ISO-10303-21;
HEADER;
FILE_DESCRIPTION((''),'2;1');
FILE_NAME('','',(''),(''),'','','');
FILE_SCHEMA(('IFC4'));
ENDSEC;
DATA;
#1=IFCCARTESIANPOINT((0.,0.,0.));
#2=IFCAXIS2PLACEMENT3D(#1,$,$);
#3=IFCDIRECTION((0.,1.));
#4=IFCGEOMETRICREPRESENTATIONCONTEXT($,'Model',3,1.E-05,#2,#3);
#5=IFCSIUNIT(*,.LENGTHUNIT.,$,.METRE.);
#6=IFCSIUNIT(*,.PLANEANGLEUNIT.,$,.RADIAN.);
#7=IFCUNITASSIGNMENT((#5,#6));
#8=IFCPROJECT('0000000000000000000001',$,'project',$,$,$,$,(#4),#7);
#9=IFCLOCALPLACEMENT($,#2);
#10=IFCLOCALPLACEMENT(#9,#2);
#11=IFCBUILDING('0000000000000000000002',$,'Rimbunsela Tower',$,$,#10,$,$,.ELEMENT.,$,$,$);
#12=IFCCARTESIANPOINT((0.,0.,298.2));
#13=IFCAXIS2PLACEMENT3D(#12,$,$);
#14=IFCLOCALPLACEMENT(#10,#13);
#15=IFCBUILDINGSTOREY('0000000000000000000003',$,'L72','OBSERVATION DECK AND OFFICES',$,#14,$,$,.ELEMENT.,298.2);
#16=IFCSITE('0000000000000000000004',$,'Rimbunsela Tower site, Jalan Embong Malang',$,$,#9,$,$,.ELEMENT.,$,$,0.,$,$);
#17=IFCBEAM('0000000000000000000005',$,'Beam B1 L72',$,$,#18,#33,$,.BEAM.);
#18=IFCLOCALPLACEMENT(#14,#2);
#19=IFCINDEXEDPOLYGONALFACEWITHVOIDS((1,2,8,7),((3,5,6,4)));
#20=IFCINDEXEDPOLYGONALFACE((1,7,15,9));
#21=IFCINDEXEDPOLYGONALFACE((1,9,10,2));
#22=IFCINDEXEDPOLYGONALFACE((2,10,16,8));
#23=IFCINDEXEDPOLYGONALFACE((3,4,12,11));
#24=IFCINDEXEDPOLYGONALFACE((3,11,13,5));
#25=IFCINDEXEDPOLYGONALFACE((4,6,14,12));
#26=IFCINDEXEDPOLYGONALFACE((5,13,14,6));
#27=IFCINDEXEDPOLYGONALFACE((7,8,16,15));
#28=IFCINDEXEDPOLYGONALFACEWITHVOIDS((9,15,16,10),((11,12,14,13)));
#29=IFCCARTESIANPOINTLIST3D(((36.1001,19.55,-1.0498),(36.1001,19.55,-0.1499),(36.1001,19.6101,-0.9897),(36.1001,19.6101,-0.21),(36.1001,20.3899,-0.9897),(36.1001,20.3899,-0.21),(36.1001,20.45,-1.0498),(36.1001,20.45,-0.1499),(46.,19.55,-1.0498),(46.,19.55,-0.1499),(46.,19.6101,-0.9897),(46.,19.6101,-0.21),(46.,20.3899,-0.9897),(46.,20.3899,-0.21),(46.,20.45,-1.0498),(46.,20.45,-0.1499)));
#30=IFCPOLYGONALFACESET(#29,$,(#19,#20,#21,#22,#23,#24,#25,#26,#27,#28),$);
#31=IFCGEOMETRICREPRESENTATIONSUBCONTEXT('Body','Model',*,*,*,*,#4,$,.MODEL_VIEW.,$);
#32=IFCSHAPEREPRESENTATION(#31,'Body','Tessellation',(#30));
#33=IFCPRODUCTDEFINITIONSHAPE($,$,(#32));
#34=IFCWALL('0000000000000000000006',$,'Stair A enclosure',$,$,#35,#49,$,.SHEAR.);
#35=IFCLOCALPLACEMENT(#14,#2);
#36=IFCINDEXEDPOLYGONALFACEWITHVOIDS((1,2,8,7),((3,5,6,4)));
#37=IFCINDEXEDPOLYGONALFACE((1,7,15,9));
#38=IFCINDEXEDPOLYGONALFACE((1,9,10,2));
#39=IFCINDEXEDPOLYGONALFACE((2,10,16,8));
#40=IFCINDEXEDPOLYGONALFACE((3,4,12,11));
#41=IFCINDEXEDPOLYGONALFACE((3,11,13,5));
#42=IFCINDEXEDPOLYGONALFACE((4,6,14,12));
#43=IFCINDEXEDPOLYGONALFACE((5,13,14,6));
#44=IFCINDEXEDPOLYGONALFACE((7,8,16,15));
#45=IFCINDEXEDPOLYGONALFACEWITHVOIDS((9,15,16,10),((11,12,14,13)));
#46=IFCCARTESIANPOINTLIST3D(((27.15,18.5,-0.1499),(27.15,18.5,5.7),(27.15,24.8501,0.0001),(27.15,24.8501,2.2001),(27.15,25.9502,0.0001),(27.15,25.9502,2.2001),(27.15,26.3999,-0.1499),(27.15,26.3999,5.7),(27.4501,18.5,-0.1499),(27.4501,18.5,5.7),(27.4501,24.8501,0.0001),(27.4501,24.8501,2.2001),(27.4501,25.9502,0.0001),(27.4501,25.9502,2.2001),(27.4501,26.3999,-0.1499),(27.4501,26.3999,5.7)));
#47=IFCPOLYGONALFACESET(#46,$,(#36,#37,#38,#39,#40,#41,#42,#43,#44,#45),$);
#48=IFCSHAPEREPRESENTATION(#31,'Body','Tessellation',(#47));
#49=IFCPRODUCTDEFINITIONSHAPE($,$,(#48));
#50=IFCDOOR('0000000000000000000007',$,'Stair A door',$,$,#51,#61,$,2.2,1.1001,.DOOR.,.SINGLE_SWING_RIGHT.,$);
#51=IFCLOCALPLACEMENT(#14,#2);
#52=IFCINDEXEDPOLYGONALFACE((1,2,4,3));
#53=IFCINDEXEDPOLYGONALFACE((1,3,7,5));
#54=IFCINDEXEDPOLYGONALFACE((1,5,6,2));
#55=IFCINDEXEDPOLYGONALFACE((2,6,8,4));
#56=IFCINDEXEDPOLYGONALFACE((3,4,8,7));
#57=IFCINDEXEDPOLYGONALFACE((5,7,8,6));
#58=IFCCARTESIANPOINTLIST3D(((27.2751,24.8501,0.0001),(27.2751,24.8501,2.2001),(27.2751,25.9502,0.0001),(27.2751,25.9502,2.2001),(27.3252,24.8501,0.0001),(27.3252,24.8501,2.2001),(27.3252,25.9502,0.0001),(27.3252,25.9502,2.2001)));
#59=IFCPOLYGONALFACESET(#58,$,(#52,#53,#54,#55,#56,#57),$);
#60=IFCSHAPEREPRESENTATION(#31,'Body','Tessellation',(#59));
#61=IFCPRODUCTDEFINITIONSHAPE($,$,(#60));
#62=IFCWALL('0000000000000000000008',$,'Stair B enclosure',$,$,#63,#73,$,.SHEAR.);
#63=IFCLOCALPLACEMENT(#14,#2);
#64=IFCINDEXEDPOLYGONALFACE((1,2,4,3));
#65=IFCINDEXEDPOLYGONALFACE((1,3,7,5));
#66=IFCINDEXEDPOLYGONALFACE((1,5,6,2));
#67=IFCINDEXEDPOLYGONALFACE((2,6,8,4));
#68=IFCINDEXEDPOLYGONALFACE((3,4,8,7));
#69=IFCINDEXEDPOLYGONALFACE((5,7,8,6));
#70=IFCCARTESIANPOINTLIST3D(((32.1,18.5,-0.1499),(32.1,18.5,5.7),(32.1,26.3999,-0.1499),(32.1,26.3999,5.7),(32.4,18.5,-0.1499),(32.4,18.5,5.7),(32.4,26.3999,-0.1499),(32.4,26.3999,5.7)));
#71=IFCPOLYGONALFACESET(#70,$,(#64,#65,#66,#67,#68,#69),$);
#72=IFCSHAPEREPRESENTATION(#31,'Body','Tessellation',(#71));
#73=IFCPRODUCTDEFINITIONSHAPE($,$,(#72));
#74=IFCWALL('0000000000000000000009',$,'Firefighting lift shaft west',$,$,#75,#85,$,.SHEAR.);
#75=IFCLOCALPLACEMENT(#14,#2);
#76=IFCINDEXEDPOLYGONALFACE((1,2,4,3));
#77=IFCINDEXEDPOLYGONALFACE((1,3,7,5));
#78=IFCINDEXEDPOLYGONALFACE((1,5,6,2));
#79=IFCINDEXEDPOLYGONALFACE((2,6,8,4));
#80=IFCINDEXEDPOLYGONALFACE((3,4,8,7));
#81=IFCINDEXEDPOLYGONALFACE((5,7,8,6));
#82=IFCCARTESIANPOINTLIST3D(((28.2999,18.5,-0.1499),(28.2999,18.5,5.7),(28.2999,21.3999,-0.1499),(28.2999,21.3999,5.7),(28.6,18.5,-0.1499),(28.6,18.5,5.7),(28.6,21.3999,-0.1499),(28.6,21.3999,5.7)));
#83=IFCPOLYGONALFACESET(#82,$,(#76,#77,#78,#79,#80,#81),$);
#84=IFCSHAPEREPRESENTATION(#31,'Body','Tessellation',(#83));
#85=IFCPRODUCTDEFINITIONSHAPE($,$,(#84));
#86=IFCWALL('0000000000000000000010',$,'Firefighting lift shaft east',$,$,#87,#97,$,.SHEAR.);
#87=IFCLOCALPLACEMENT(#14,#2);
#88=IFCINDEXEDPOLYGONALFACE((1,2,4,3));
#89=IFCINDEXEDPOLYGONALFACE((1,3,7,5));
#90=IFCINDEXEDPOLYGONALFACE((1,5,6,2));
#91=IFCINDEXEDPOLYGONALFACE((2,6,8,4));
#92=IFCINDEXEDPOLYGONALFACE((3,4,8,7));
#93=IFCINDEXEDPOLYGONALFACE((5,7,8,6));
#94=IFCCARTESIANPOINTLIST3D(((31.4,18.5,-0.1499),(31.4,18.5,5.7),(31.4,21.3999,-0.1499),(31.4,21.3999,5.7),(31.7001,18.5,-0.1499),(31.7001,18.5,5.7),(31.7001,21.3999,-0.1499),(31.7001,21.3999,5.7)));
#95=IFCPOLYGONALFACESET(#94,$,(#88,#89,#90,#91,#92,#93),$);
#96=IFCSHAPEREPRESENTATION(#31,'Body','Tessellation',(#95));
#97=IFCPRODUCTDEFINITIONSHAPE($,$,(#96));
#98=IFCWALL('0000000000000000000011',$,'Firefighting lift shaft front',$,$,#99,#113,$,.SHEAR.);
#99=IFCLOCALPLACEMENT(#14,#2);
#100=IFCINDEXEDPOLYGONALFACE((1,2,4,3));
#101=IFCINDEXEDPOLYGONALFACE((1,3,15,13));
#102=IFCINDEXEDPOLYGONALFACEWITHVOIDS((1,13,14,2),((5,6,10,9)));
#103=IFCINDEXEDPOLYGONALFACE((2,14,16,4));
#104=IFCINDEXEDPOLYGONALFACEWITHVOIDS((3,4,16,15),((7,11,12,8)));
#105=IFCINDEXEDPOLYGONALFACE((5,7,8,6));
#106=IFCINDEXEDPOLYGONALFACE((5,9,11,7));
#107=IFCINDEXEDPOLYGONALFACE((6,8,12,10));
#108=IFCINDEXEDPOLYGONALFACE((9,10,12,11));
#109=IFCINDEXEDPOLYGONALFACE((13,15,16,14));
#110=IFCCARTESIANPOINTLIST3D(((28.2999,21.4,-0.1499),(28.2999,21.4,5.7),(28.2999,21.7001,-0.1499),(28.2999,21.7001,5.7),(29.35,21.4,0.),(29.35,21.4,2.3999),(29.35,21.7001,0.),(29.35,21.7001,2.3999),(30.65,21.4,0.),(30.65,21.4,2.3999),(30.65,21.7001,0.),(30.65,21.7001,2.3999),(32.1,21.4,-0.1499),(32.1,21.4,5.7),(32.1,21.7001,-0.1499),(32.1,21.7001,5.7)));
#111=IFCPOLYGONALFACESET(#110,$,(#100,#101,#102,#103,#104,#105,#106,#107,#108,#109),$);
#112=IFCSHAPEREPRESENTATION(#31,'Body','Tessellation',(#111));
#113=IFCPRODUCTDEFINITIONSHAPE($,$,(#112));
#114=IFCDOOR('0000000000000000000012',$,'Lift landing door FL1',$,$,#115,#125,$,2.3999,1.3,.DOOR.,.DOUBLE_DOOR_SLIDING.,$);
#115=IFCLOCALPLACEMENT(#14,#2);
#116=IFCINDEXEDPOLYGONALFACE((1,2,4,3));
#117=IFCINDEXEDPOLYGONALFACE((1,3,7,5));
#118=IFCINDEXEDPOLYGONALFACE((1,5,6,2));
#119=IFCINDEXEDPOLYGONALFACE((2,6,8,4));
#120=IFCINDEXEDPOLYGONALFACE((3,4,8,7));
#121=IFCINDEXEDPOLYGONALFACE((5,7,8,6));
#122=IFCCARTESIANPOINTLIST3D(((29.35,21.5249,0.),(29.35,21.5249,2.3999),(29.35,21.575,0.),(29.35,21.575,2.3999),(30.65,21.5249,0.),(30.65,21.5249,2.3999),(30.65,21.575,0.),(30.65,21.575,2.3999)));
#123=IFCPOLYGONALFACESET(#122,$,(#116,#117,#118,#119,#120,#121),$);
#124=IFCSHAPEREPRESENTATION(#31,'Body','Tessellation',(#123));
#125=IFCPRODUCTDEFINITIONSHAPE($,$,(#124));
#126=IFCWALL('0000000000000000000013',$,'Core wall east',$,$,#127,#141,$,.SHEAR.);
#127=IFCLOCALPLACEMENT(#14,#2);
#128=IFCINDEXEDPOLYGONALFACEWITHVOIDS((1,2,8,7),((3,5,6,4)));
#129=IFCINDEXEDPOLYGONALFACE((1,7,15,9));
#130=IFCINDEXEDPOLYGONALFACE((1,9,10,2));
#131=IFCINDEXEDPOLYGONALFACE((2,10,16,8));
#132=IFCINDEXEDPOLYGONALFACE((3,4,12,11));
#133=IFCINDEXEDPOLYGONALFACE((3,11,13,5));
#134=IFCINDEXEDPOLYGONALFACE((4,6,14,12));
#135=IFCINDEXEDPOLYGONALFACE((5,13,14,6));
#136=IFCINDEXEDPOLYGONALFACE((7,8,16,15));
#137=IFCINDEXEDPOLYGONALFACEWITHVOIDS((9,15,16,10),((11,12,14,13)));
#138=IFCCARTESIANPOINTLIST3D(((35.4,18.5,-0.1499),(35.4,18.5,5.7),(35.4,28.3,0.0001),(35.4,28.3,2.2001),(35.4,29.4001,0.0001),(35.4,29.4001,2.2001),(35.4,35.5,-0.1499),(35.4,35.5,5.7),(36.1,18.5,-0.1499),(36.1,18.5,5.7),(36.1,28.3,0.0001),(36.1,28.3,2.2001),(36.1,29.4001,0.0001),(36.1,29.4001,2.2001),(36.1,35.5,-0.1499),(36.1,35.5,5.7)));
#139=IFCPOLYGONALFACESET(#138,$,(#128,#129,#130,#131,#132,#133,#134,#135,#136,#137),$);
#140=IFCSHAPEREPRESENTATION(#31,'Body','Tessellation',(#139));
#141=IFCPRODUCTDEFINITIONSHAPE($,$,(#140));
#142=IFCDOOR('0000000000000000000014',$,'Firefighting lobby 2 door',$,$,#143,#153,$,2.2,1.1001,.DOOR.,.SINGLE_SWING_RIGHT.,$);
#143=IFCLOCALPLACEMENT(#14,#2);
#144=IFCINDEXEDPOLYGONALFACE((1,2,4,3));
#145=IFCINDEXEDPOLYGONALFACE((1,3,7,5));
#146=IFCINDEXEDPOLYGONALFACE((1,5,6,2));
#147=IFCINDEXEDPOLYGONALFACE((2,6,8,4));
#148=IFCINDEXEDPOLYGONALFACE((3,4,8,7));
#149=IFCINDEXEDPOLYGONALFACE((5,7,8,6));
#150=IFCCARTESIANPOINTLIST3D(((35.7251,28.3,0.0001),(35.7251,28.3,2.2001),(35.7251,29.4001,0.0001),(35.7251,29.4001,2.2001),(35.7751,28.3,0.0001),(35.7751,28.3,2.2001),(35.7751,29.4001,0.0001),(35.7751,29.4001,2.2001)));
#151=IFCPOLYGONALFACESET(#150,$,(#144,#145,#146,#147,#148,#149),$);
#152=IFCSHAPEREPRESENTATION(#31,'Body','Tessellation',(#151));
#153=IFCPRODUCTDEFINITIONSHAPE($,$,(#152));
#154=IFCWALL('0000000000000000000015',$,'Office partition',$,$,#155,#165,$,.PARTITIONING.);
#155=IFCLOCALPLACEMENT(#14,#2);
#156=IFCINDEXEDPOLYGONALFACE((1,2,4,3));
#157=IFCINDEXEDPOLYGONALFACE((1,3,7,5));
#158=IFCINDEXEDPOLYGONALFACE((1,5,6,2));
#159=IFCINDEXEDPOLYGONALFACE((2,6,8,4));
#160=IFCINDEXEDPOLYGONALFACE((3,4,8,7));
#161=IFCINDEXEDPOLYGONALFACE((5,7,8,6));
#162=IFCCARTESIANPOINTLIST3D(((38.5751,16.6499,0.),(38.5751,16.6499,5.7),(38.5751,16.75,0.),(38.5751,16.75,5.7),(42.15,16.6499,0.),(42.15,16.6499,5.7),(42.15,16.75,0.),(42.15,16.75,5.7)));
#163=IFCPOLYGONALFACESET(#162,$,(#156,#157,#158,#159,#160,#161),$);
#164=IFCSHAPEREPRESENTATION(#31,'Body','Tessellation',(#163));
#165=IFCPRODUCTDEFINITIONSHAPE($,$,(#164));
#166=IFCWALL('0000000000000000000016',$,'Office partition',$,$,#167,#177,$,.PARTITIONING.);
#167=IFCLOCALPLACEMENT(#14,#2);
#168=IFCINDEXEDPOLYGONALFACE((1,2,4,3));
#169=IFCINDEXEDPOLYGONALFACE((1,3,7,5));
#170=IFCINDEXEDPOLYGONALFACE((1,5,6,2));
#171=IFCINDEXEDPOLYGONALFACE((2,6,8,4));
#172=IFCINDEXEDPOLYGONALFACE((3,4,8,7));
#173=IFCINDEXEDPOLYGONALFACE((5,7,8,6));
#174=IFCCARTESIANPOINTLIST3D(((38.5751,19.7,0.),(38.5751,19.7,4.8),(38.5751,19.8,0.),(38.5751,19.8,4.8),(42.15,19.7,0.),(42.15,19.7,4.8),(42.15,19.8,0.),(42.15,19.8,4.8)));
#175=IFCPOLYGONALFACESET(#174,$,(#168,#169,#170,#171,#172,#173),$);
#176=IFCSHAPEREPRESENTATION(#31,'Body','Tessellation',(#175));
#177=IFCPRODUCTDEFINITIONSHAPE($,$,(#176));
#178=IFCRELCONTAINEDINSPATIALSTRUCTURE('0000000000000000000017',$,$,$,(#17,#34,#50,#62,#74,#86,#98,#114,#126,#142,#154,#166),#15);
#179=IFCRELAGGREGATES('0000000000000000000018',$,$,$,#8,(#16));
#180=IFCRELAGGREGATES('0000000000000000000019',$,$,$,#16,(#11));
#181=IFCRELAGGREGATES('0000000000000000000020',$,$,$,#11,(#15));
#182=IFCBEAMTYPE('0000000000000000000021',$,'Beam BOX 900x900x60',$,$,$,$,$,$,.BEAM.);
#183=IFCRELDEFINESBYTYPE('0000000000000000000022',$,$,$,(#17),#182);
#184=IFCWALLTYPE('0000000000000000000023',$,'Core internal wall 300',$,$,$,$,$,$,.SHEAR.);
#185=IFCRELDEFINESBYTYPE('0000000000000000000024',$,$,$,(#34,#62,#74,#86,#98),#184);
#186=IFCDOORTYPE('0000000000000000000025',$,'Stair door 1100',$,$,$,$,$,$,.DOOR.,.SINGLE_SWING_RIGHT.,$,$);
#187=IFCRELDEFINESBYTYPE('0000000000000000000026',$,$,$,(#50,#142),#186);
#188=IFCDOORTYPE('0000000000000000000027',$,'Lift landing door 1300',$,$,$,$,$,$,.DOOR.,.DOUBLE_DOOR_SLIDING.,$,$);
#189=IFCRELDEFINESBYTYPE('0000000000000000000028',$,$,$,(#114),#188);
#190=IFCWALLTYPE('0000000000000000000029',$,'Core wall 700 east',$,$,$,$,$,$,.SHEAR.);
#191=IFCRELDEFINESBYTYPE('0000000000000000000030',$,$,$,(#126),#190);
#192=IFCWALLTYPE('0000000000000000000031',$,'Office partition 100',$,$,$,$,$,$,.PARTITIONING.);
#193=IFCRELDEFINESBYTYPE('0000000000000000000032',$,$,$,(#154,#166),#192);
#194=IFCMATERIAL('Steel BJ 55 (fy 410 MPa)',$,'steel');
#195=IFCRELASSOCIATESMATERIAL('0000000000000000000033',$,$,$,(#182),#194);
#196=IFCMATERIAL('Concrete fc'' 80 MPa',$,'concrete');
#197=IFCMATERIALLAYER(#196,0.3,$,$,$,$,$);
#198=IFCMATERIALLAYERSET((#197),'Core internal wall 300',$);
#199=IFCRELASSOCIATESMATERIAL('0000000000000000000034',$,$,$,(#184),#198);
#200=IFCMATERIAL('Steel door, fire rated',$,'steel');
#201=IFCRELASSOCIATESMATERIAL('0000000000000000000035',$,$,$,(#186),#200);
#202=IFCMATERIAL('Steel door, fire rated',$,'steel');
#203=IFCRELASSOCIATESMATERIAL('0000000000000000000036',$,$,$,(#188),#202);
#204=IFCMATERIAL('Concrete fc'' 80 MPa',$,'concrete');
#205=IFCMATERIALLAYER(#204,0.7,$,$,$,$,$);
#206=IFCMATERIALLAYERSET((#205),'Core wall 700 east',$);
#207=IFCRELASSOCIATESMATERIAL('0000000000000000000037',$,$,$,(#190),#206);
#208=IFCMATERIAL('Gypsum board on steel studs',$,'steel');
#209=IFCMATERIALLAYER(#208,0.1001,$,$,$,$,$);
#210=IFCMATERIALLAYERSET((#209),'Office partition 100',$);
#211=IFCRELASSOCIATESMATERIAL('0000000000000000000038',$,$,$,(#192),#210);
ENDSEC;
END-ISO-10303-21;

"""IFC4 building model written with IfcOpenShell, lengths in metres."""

from ifc_helpers import new_model, si_unit, direction, frame, frame_2d, origin, origin_2d, place, context, subcontext, project, spatial, rectangle, hollow_rectangle, extrude, material, layer, layer_set, material_profile, profile_set, type_object, element, fill, save


model = new_model("IFC4")

# Units and contexts
model_context = context("Model", 3, precision=1e-05, world=origin(), true_north=direction((0.0, 1.0)))
body_context = subcontext(model_context, "Body", "Model", "MODEL_VIEW")
ifc_project = project(units=[si_unit("LENGTHUNIT", "METRE"), si_unit("PLANEANGLEUNIT", "RADIAN")], contexts=[model_context])

# Site, building, storey
site_placement = place(None, origin())
site = spatial("IfcSite", under=ifc_project, at=site_placement, Name="Rimbunsela Tower site, Jalan Embong Malang", CompositionType="ELEMENT", RefElevation=0.0)
building_placement = place(site_placement, origin())
building = spatial("IfcBuilding", under=site, at=building_placement, Name="Rimbunsela Tower", CompositionType="ELEMENT")
storey_placement = place(building_placement, frame((0.0, 0.0, 298.2)))
storey = spatial("IfcBuildingStorey", under=building, at=storey_placement, Name="L72", Description="OBSERVATION DECK AND OFFICES", CompositionType="ELEMENT", Elevation=298.2)

# Beam
ifc_material_1 = material(Name="Steel BJ 55 (fy 410 MPa)", Category="steel")
ifc_material_profile = material_profile(ifc_material_1, hollow_rectangle(XDim=0.8999, YDim=0.8999, WallThickness=0.0601, at=origin_2d()), Name="BOX 900x900x60")
ifc_profile_set = profile_set([ifc_material_profile], Name="Steel BJ 55 (fy 410 MPa)")
beam_type = type_object("IfcBeamType", Name="Beam BOX 900x900x60", PredefinedType="BEAM", material=ifc_profile_set)
beam_placement = place(storey_placement, frame((36.1001, 20.0, -0.5999), z_axis=(1.0, 0.0, 0.0), x_axis=(0.0, 1.0, 0.0)))
element("IfcBeam", 1, at=beam_placement, inside=storey, type_object=beam_type, Name="Beam B1 L72", PredefinedType="BEAM", context=body_context, shape_type="SweptSolid", body=[
    extrude(hollow_rectangle(XDim=0.8999, YDim=0.8999, WallThickness=0.0601, at=origin_2d()), origin(), (0.0, 0.0, 1.0), 9.8999),
])

# Wall, opening, door
ifc_material_2 = material(Name="Concrete fc' 80 MPa", Category="concrete")
ifc_layer_1 = layer(ifc_material_2, 0.3)
ifc_layer_set_1 = layer_set([ifc_layer_1], Name="Core internal wall 300")
wall_type_1 = type_object("IfcWallType", Name="Core internal wall 300", PredefinedType="SHEAR", material=ifc_layer_set_1)
wall_1_placement = place(storey_placement, frame((27.3, 18.5, -0.1499), z_axis=(0.0, 0.0, 1.0), x_axis=(0.0, 1.0, 0.0)))
wall_1 = element("IfcWall", 2, at=wall_1_placement, inside=storey, type_object=wall_type_1, Name="Stair A enclosure", PredefinedType="SHEAR", context=body_context, shape_type="SweptSolid", body=[
    extrude(rectangle(XDim=7.8999, YDim=0.3, at=frame_2d((3.95, 0.0))), origin(), (0.0, 0.0, 1.0), 5.8499),
])
opening_1_placement = place(wall_1_placement, frame((6.3501, 0.0, 0.1499)))
opening_1 = element("IfcOpeningElement", 3, at=opening_1_placement, cuts=wall_1, PredefinedType="OPENING", context=body_context, shape_type="SweptSolid", body=[
    extrude(rectangle(XDim=1.1001, YDim=2.2, at=frame_2d((0.55, 1.1001))), frame((0.0, 0.1599, 0.0), z_axis=(0.0, -1.0, 0.0), x_axis=(1.0, 0.0, 0.0)), (0.0, 0.0, 1.0), 0.3201),
])
ifc_material_3 = material(Name="Steel door, fire rated", Category="steel")
door_type_1 = type_object("IfcDoorType", Name="Stair door 1100", OperationType="SINGLE_SWING_RIGHT", PredefinedType="DOOR", material=ifc_material_3)
door_1_placement = place(opening_1_placement, origin())
door_1 = element("IfcDoor", 4, at=door_1_placement, inside=storey, type_object=door_type_1, Name="Stair A door", OperationType="SINGLE_SWING_RIGHT", OverallHeight=2.2, OverallWidth=1.1001, PredefinedType="DOOR", context=body_context, shape_type="SweptSolid", body=[
    extrude(rectangle(XDim=1.1001, YDim=2.2, at=frame_2d((0.55, 1.1001))), frame((0.0, 0.0249, 0.0), z_axis=(0.0, -1.0, 0.0), x_axis=(1.0, 0.0, 0.0)), (0.0, 0.0, 1.0), 0.05),
])
fill(opening_1, door_1)

# Walls
wall_2_placement = place(storey_placement, frame((32.25, 18.5, -0.1499), z_axis=(0.0, 0.0, 1.0), x_axis=(0.0, 1.0, 0.0)))
element("IfcWall", 5, at=wall_2_placement, inside=storey, type_object=wall_type_1, Name="Stair B enclosure", PredefinedType="SHEAR", context=body_context, shape_type="SweptSolid", body=[
    extrude(rectangle(XDim=7.8999, YDim=0.3, at=frame_2d((3.95, 0.0))), origin(), (0.0, 0.0, 1.0), 5.8499),
])
for number, where, z_axis, x_axis, name in (
    (6, (28.45, 18.5, -0.1499), (0.0, 0.0, 1.0), (0.0, 1.0, 0.0), "Firefighting lift shaft west"),
    (7, (31.55, 18.5, -0.1499), (0.0, 0.0, 1.0), (0.0, 1.0, 0.0), "Firefighting lift shaft east"),
):
    element("IfcWall", number, at=place(storey_placement, frame(where, z_axis=z_axis, x_axis=x_axis)), inside=storey, type_object=wall_type_1, Name=name, PredefinedType="SHEAR", context=body_context, shape_type="SweptSolid", body=[
        extrude(rectangle(XDim=2.8999, YDim=0.3, at=frame_2d((1.45, 0.0))), origin(), (0.0, 0.0, 1.0), 5.8499),
    ])

# Walls, openings, doors
wall_3_placement = place(storey_placement, frame((28.3, 21.55, -0.1499), z_axis=(0.0, 0.0, 1.0), x_axis=(1.0, 0.0, 0.0)))
wall_3 = element("IfcWall", 8, at=wall_3_placement, inside=storey, type_object=wall_type_1, Name="Firefighting lift shaft front", PredefinedType="SHEAR", context=body_context, shape_type="SweptSolid", body=[
    extrude(rectangle(XDim=3.8, YDim=0.3, at=frame_2d((1.8999, 0.0))), origin(), (0.0, 0.0, 1.0), 5.8499),
])
opening_2_placement = place(wall_3_placement, frame((1.05, 0.0, 0.1499)))
opening_2 = element("IfcOpeningElement", 9, at=opening_2_placement, cuts=wall_3, PredefinedType="OPENING", context=body_context, shape_type="SweptSolid", body=[
    extrude(rectangle(XDim=1.3, YDim=2.3999, at=frame_2d((0.6499, 1.2))), frame((0.0, 0.1599, 0.0), z_axis=(0.0, -1.0, 0.0), x_axis=(1.0, 0.0, 0.0)), (0.0, 0.0, 1.0), 0.3201),
])
ifc_material_4 = material(Name="Steel door, fire rated", Category="steel")
door_type_2 = type_object("IfcDoorType", Name="Lift landing door 1300", OperationType="DOUBLE_DOOR_SLIDING", PredefinedType="DOOR", material=ifc_material_4)
door_2_placement = place(opening_2_placement, origin())
door_2 = element("IfcDoor", 10, at=door_2_placement, inside=storey, type_object=door_type_2, Name="Lift landing door FL1", OperationType="DOUBLE_DOOR_SLIDING", OverallHeight=2.3999, OverallWidth=1.3, PredefinedType="DOOR", context=body_context, shape_type="SweptSolid", body=[
    extrude(rectangle(XDim=1.3, YDim=2.3999, at=frame_2d((0.6499, 1.2))), frame((0.0, 0.0249, 0.0), z_axis=(0.0, -1.0, 0.0), x_axis=(1.0, 0.0, 0.0)), (0.0, 0.0, 1.0), 0.05),
])
fill(opening_2, door_2)
ifc_material_5 = material(Name="Concrete fc' 80 MPa", Category="concrete")
ifc_layer_2 = layer(ifc_material_5, 0.7)
ifc_layer_set_2 = layer_set([ifc_layer_2], Name="Core wall 700 east")
wall_type_2 = type_object("IfcWallType", Name="Core wall 700 east", PredefinedType="SHEAR", material=ifc_layer_set_2)
wall_4_placement = place(storey_placement, frame((35.75, 18.5, -0.1499), z_axis=(0.0, 0.0, 1.0), x_axis=(0.0, 1.0, 0.0)))
wall_4 = element("IfcWall", 11, at=wall_4_placement, inside=storey, type_object=wall_type_2, Name="Core wall east", PredefinedType="SHEAR", context=body_context, shape_type="SweptSolid", body=[
    extrude(rectangle(XDim=17.0, YDim=0.7, at=frame_2d((8.5, 0.0))), origin(), (0.0, 0.0, 1.0), 5.8499),
])
opening_3_placement = place(wall_4_placement, frame((9.8, 0.0, 0.1499)))
opening_3 = element("IfcOpeningElement", 12, at=opening_3_placement, cuts=wall_4, PredefinedType="OPENING", context=body_context, shape_type="SweptSolid", body=[
    extrude(rectangle(XDim=1.1001, YDim=2.2, at=frame_2d((0.55, 1.1001))), frame((0.0, 0.3599, 0.0), z_axis=(0.0, -1.0, 0.0), x_axis=(1.0, 0.0, 0.0)), (0.0, 0.0, 1.0), 0.72),
])
door_3_placement = place(opening_3_placement, origin())
door_3 = element("IfcDoor", 13, at=door_3_placement, inside=storey, type_object=door_type_1, Name="Firefighting lobby 2 door", OperationType="SINGLE_SWING_RIGHT", OverallHeight=2.2, OverallWidth=1.1001, PredefinedType="DOOR", context=body_context, shape_type="SweptSolid", body=[
    extrude(rectangle(XDim=1.1001, YDim=2.2, at=frame_2d((0.55, 1.1001))), frame((0.0, 0.0249, 0.0), z_axis=(0.0, -1.0, 0.0), x_axis=(1.0, 0.0, 0.0)), (0.0, 0.0, 1.0), 0.05),
])
fill(opening_3, door_3)

# Walls
ifc_material_6 = material(Name="Gypsum board on steel studs", Category="steel")
ifc_layer_3 = layer(ifc_material_6, 0.1001)
ifc_layer_set_3 = layer_set([ifc_layer_3], Name="Office partition 100")
wall_type_3 = type_object("IfcWallType", Name="Office partition 100", PredefinedType="PARTITIONING", material=ifc_layer_set_3)
wall_5_placement = place(storey_placement, frame((38.575, 16.7, 0.0), z_axis=(0.0, 0.0, 1.0), x_axis=(1.0, 0.0, 0.0)))
element("IfcWall", 14, at=wall_5_placement, inside=storey, type_object=wall_type_3, Name="Office partition", PredefinedType="PARTITIONING", context=body_context, shape_type="SweptSolid", body=[
    extrude(rectangle(XDim=3.575, YDim=0.1001, at=frame_2d((1.7876, 0.0))), origin(), (0.0, 0.0, 1.0), 5.7),
])
wall_6_placement = place(storey_placement, frame((38.575, 19.75, 0.0), z_axis=(0.0, 0.0, 1.0), x_axis=(1.0, 0.0, 0.0)))
element("IfcWall", 15, at=wall_6_placement, inside=storey, type_object=wall_type_3, Name="Office partition", PredefinedType="PARTITIONING", context=body_context, shape_type="SweptSolid", body=[
    extrude(rectangle(XDim=3.575, YDim=0.1001, at=frame_2d((1.7876, 0.0))), origin(), (0.0, 0.0, 1.0), 4.8),
])

save(model, "model.ifc")
